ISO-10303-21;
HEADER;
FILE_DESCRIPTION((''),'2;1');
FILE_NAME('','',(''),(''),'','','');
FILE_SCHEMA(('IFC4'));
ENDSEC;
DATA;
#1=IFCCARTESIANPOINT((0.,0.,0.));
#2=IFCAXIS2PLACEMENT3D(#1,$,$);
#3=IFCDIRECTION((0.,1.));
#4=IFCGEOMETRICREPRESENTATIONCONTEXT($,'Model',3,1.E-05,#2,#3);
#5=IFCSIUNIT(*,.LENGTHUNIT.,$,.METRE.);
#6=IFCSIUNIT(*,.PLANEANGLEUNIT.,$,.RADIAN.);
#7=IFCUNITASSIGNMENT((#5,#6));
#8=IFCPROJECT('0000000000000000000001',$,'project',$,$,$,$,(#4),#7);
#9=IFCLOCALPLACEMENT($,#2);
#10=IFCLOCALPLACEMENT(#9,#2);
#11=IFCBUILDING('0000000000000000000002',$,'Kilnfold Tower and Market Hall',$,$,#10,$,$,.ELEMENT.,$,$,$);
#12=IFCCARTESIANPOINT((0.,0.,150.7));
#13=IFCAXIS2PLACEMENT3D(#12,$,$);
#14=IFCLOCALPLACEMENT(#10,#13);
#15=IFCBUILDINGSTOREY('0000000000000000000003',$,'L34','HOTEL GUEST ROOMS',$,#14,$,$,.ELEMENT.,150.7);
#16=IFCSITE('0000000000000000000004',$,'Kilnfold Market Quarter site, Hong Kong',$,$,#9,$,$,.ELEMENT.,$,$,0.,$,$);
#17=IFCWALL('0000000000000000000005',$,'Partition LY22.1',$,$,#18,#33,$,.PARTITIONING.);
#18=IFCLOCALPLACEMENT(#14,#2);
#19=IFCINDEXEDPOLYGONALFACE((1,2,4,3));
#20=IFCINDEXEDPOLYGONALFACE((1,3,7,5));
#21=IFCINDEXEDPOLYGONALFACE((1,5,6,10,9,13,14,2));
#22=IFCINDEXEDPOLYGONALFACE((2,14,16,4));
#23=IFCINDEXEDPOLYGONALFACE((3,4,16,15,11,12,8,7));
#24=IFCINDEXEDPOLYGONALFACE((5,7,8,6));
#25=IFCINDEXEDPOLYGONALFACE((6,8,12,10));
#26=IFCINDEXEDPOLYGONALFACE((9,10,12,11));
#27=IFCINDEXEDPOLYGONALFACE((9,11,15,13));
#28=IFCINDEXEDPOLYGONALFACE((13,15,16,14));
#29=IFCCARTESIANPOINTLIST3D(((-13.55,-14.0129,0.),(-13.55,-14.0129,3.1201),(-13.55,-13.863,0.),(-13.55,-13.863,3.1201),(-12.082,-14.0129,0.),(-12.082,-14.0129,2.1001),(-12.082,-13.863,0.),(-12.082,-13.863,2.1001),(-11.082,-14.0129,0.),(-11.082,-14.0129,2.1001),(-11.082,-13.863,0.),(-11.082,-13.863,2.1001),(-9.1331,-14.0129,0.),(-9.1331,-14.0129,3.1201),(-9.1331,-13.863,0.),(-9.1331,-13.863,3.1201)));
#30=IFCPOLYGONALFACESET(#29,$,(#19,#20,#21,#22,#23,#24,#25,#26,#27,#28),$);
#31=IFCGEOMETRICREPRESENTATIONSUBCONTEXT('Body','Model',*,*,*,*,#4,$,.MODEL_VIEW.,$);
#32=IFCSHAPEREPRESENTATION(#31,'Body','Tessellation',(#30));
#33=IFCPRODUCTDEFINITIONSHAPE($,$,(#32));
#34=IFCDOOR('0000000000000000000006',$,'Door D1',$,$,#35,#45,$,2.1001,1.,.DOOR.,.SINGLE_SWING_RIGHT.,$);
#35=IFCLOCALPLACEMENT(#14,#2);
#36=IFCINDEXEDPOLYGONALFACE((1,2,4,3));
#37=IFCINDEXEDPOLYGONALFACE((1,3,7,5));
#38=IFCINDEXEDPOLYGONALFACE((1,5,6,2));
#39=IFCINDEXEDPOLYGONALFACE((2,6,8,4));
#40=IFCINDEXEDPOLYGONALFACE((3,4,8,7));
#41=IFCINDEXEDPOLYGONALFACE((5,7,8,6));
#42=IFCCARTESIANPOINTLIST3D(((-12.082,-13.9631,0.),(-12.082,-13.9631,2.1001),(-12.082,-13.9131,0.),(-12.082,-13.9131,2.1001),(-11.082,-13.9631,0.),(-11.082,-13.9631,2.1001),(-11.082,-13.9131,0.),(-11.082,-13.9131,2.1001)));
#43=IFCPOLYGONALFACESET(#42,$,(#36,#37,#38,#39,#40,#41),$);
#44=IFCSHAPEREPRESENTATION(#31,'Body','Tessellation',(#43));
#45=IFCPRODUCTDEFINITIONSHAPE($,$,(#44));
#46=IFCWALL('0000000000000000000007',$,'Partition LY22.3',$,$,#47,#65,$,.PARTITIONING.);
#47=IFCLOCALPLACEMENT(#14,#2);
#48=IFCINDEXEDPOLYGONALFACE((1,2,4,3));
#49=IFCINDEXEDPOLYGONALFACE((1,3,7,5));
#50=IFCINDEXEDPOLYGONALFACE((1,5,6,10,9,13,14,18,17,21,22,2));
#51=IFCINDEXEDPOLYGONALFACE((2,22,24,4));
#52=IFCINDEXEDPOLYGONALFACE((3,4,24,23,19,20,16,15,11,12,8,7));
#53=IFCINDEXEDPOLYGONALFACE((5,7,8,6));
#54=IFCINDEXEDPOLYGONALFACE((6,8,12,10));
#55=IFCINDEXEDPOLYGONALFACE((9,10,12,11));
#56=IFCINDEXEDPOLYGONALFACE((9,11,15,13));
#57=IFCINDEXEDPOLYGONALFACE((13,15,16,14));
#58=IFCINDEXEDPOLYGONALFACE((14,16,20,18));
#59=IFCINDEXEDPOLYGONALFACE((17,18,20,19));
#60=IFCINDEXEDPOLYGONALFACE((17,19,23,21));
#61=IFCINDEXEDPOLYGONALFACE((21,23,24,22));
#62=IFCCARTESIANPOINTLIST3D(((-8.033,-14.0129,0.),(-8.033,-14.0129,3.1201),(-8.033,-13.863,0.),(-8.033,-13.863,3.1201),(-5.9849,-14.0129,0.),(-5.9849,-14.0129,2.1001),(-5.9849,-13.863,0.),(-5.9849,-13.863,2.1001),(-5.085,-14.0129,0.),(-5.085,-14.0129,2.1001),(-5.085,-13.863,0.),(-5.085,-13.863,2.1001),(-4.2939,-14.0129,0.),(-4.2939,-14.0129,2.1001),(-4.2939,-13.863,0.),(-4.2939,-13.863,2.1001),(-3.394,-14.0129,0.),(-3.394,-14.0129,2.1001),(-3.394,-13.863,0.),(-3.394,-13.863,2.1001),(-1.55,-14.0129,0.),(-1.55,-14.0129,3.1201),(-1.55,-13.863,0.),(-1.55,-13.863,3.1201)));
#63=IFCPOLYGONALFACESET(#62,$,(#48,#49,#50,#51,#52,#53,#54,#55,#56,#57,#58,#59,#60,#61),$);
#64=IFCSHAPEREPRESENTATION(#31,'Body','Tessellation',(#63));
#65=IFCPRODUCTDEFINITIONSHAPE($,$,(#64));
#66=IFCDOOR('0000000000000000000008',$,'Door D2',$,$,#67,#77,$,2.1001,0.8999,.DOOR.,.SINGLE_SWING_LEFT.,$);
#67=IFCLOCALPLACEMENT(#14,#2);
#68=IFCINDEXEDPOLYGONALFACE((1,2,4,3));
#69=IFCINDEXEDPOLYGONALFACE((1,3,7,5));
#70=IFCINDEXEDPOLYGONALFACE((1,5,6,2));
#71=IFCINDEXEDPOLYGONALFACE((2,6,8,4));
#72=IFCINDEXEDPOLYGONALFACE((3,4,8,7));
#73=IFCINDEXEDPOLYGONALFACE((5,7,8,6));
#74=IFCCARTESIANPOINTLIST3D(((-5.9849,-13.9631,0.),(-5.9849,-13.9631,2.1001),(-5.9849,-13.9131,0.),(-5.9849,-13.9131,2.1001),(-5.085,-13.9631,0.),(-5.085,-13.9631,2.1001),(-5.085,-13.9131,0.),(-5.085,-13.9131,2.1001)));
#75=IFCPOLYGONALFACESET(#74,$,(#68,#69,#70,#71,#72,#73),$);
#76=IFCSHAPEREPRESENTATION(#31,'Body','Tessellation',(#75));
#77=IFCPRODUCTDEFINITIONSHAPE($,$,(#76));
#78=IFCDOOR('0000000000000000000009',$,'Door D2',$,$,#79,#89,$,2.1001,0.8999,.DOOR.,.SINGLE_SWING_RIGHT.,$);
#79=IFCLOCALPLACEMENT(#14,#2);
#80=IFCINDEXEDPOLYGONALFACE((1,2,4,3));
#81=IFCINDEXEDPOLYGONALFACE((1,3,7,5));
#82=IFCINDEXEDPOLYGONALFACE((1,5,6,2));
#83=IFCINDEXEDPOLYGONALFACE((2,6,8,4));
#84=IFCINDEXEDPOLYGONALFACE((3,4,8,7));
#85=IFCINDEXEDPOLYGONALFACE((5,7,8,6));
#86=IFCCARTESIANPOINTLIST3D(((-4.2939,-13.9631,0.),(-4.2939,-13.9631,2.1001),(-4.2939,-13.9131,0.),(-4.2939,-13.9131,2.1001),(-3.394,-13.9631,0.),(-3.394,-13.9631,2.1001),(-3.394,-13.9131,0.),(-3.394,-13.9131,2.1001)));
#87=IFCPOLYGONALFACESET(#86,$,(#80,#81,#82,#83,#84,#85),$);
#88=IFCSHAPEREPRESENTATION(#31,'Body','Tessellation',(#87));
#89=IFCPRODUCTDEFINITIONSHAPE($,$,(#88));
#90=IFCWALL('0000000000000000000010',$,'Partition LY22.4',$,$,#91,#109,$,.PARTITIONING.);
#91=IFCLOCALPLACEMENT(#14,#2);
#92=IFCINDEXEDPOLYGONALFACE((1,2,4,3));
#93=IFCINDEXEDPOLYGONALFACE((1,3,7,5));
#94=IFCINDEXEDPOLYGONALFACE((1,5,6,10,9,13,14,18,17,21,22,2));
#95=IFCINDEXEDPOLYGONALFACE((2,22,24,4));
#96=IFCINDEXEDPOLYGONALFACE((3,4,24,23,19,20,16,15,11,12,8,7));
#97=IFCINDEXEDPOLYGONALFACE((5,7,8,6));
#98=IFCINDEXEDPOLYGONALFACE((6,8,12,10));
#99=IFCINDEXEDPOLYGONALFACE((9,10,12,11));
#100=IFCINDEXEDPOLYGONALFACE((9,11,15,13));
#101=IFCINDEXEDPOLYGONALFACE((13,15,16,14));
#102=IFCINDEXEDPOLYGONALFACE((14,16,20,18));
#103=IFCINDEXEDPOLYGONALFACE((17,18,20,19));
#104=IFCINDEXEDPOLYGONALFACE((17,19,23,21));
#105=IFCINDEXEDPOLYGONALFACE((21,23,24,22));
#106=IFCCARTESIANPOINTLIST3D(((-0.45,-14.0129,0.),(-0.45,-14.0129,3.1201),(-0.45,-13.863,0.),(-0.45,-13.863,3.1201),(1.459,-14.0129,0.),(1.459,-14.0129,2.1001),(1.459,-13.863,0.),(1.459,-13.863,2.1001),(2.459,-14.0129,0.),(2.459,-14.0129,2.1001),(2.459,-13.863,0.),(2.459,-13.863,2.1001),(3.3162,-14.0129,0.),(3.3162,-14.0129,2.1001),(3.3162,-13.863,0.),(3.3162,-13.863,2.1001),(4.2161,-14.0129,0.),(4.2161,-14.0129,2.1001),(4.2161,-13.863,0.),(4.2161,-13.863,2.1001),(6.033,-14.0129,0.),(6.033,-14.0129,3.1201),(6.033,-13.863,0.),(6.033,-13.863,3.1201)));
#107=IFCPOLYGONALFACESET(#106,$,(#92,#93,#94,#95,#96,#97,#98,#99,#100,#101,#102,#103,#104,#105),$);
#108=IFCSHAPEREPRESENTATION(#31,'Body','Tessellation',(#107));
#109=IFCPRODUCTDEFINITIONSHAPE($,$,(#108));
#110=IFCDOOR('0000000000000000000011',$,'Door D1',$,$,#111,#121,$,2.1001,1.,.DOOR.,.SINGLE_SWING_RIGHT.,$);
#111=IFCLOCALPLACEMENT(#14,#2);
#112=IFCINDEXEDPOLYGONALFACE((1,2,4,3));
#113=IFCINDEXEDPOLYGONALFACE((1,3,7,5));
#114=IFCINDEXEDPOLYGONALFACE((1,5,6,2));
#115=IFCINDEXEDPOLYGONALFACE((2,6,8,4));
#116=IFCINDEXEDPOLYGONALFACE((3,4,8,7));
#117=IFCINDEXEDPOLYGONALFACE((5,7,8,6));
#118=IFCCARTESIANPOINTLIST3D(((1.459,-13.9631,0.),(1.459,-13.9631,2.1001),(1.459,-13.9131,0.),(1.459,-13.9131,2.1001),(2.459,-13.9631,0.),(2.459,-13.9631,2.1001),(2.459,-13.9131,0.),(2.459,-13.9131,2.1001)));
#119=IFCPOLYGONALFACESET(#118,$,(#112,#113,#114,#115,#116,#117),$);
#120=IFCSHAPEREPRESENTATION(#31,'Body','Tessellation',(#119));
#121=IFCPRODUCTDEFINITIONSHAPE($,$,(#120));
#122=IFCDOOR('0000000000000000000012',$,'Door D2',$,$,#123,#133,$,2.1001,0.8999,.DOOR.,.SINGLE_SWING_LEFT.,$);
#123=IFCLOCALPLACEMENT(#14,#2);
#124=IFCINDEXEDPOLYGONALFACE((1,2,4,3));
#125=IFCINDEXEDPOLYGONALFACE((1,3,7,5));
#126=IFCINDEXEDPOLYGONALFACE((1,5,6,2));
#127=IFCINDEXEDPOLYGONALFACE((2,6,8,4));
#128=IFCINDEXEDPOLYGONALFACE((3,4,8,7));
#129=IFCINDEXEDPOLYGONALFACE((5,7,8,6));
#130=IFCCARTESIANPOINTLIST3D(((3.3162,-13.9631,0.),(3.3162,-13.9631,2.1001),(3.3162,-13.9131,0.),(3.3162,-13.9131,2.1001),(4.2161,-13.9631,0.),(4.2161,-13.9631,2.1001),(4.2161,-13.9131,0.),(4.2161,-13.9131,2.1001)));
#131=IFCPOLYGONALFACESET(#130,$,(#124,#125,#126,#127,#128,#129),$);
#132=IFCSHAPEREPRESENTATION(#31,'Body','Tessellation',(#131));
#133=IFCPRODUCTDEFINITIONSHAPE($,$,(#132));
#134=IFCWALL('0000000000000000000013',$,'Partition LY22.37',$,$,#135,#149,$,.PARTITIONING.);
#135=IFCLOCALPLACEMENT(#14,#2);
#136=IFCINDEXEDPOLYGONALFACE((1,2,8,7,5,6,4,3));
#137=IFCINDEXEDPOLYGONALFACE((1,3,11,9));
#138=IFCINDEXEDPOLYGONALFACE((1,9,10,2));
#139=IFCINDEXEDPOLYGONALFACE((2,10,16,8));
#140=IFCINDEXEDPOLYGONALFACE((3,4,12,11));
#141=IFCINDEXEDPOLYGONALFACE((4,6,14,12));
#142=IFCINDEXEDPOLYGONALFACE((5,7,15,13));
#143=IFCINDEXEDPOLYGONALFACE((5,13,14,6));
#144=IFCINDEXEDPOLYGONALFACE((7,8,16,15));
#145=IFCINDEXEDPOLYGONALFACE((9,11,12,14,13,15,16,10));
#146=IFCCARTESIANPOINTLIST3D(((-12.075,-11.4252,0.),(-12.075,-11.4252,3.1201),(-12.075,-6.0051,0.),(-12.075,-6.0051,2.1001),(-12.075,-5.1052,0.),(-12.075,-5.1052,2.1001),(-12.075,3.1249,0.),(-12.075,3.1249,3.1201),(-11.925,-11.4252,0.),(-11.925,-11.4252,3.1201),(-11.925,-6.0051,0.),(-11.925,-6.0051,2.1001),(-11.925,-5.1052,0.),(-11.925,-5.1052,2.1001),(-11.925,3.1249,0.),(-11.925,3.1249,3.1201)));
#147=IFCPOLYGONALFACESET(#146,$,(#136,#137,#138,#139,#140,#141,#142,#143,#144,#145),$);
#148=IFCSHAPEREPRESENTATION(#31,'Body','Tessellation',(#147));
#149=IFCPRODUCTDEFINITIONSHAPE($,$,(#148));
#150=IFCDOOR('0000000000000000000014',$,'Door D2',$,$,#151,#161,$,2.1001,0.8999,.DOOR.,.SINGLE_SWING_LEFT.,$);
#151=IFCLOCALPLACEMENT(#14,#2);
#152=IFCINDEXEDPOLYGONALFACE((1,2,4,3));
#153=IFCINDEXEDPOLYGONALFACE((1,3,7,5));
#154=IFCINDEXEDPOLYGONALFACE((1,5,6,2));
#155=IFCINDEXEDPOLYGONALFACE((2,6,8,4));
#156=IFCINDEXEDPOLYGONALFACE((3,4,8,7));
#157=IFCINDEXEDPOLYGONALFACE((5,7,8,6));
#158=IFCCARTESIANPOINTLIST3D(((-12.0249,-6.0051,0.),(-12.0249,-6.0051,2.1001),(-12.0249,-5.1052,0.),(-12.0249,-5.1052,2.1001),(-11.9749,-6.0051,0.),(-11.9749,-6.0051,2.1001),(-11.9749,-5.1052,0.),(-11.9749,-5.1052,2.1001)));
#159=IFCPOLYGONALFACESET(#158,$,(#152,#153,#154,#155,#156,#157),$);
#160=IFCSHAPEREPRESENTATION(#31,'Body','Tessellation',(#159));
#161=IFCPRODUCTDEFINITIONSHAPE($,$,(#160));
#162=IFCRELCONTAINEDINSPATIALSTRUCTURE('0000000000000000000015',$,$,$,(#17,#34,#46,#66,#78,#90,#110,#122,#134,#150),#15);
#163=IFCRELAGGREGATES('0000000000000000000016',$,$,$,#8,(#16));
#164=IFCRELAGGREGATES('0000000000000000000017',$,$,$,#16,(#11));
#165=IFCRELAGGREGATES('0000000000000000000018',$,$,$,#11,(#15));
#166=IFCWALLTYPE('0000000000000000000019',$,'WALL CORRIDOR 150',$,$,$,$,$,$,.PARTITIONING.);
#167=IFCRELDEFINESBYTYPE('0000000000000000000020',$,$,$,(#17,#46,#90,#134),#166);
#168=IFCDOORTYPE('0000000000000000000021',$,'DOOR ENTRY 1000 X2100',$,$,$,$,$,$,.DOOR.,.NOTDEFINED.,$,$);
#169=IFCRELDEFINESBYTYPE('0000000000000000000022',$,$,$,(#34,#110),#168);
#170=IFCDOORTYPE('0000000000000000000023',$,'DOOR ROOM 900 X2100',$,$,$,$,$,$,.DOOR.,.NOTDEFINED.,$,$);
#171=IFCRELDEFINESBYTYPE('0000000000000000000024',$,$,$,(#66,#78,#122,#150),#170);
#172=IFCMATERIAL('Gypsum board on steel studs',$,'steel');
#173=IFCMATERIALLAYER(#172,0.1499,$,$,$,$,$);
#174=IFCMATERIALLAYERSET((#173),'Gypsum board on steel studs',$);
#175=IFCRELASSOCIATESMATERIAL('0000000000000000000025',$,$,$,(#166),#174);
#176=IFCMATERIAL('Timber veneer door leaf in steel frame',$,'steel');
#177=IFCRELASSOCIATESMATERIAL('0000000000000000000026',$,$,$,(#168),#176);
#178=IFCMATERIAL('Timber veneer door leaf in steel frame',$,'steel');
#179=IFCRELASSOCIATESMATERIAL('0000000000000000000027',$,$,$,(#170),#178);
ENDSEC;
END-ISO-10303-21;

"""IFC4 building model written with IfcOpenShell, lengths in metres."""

from ifc_helpers import new_model, si_unit, direction, frame, frame_2d, origin, place, context, subcontext, project, spatial, rectangle, extrude, material, layer, layer_set, type_object, element, fill, save


model = new_model("IFC4")

# Units and contexts
model_context = context("Model", 3, precision=1e-05, world=origin(), true_north=direction((0.0, 1.0)))
body_context = subcontext(model_context, "Body", "Model", "MODEL_VIEW")
ifc_project = project(units=[si_unit("LENGTHUNIT", "METRE"), si_unit("PLANEANGLEUNIT", "RADIAN")], contexts=[model_context])

# Site, building, storey
site_placement = place(None, origin())
site = spatial("IfcSite", under=ifc_project, at=site_placement, Name="Kilnfold Market Quarter site, Hong Kong", CompositionType="ELEMENT", RefElevation=0.0)
building_placement = place(site_placement, origin())
building = spatial("IfcBuilding", under=site, at=building_placement, Name="Kilnfold Tower and Market Hall", CompositionType="ELEMENT")
storey_placement = place(building_placement, frame((0.0, 0.0, 150.7)))
storey = spatial("IfcBuildingStorey", under=building, at=storey_placement, Name="L34", Description="HOTEL GUEST ROOMS", CompositionType="ELEMENT", Elevation=150.7)

# Wall, opening, door
ifc_material_1 = material(Name="Gypsum board on steel studs", Category="steel")
ifc_layer_1 = layer(ifc_material_1, 0.1499)
ifc_layer_set_1 = layer_set([ifc_layer_1], Name="Gypsum board on steel studs")
wall_type_1 = type_object("IfcWallType", Name="WALL CORRIDOR 150", PredefinedType="PARTITIONING", material=ifc_layer_set_1)
wall_1_placement = place(storey_placement, frame((-13.55, -13.938, 0.0), z_axis=(0.0, 0.0, 1.0), x_axis=(1.0, 0.0, 0.0)))
wall_1 = element("IfcWall", 1, at=wall_1_placement, inside=storey, type_object=wall_type_1, Name="Partition LY22.1", PredefinedType="PARTITIONING", context=body_context, shape_type="SweptSolid", body=[
    extrude(rectangle(XDim=4.417, YDim=0.1499, at=frame_2d((2.2085, 0.0))), origin(), (0.0, 0.0, 1.0), 3.1201),
])
opening_1_placement = place(wall_1_placement, frame((1.468, 0.0, 0.0)))
opening_1 = element("IfcOpeningElement", 2, at=opening_1_placement, cuts=wall_1, PredefinedType="OPENING", context=body_context, shape_type="SweptSolid", body=[
    extrude(rectangle(XDim=1.0, YDim=2.1001, at=frame_2d((0.5, 1.05))), frame((0.0, 0.085, 0.0), z_axis=(0.0, -1.0, 0.0), x_axis=(1.0, 0.0, 0.0)), (0.0, 0.0, 1.0), 0.1699),
])
ifc_material_2 = material(Name="Timber veneer door leaf in steel frame", Category="steel")
door_type_1 = type_object("IfcDoorType", Name="DOOR ENTRY 1000 X2100", OperationType="NOTDEFINED", PredefinedType="DOOR", material=ifc_material_2)
door_1_placement = place(opening_1_placement, origin())
door_1 = element("IfcDoor", 3, at=door_1_placement, inside=storey, type_object=door_type_1, Name="Door D1", OperationType="SINGLE_SWING_RIGHT", OverallHeight=2.1001, OverallWidth=1.0, PredefinedType="DOOR", context=body_context, shape_type="SweptSolid", body=[
    extrude(rectangle(XDim=1.0, YDim=2.1001, at=frame_2d((0.5, 1.05))), frame((0.0, 0.0249, 0.0), z_axis=(0.0, -1.0, 0.0), x_axis=(1.0, 0.0, 0.0)), (0.0, 0.0, 1.0), 0.05),
])
fill(opening_1, door_1)

# Walls, openings, doors
wall_2_placement = place(storey_placement, frame((-8.033, -13.938, 0.0), z_axis=(0.0, 0.0, 1.0), x_axis=(1.0, 0.0, 0.0)))
wall_2 = element("IfcWall", 4, at=wall_2_placement, inside=storey, type_object=wall_type_1, Name="Partition LY22.3", PredefinedType="PARTITIONING", context=body_context, shape_type="SweptSolid", body=[
    extrude(rectangle(XDim=6.4829, YDim=0.1499, at=frame_2d((3.2415, 0.0))), origin(), (0.0, 0.0, 1.0), 3.1201),
])
opening_2_placement = place(wall_2_placement, frame((2.0481, 0.0, 0.0)))
opening_2 = element("IfcOpeningElement", 5, at=opening_2_placement, cuts=wall_2, PredefinedType="OPENING", context=body_context, shape_type="SweptSolid", body=[
    extrude(rectangle(XDim=0.8999, YDim=2.1001, at=frame_2d((0.45, 1.05))), frame((0.0, 0.085, 0.0), z_axis=(0.0, -1.0, 0.0), x_axis=(1.0, 0.0, 0.0)), (0.0, 0.0, 1.0), 0.1699),
])
opening_3_placement = place(wall_2_placement, frame((3.739, 0.0, 0.0)))
opening_3 = element("IfcOpeningElement", 6, at=opening_3_placement, cuts=wall_2, PredefinedType="OPENING", context=body_context, shape_type="SweptSolid", body=[
    extrude(rectangle(XDim=0.8999, YDim=2.1001, at=frame_2d((0.45, 1.05))), frame((0.0, 0.085, 0.0), z_axis=(0.0, -1.0, 0.0), x_axis=(1.0, 0.0, 0.0)), (0.0, 0.0, 1.0), 0.1699),
])
ifc_material_3 = material(Name="Timber veneer door leaf in steel frame", Category="steel")
door_type_2 = type_object("IfcDoorType", Name="DOOR ROOM 900 X2100", OperationType="NOTDEFINED", PredefinedType="DOOR", material=ifc_material_3)
door_2_placement = place(opening_2_placement, origin())
door_2 = element("IfcDoor", 7, at=door_2_placement, inside=storey, type_object=door_type_2, Name="Door D2", OperationType="SINGLE_SWING_LEFT", OverallHeight=2.1001, OverallWidth=0.8999, PredefinedType="DOOR", context=body_context, shape_type="SweptSolid", body=[
    extrude(rectangle(XDim=0.8999, YDim=2.1001, at=frame_2d((0.45, 1.05))), frame((0.0, 0.0249, 0.0), z_axis=(0.0, -1.0, 0.0), x_axis=(1.0, 0.0, 0.0)), (0.0, 0.0, 1.0), 0.05),
])
fill(opening_2, door_2)
door_3_placement = place(opening_3_placement, origin())
door_3 = element("IfcDoor", 8, at=door_3_placement, inside=storey, type_object=door_type_2, Name="Door D2", OperationType="SINGLE_SWING_RIGHT", OverallHeight=2.1001, OverallWidth=0.8999, PredefinedType="DOOR", context=body_context, shape_type="SweptSolid", body=[
    extrude(rectangle(XDim=0.8999, YDim=2.1001, at=frame_2d((0.45, 1.05))), frame((0.0, 0.0249, 0.0), z_axis=(0.0, -1.0, 0.0), x_axis=(1.0, 0.0, 0.0)), (0.0, 0.0, 1.0), 0.05),
])
fill(opening_3, door_3)
wall_3_placement = place(storey_placement, frame((-0.45, -13.938, 0.0), z_axis=(0.0, 0.0, 1.0), x_axis=(1.0, 0.0, 0.0)))
wall_3 = element("IfcWall", 9, at=wall_3_placement, inside=storey, type_object=wall_type_1, Name="Partition LY22.4", PredefinedType="PARTITIONING", context=body_context, shape_type="SweptSolid", body=[
    extrude(rectangle(XDim=6.4829, YDim=0.1499, at=frame_2d((3.2415, 0.0))), origin(), (0.0, 0.0, 1.0), 3.1201),
])
opening_4_placement = place(wall_3_placement, frame((1.9089, 0.0, 0.0)))
opening_4 = element("IfcOpeningElement", 10, at=opening_4_placement, cuts=wall_3, PredefinedType="OPENING", context=body_context, shape_type="SweptSolid", body=[
    extrude(rectangle(XDim=1.0, YDim=2.1001, at=frame_2d((0.5, 1.05))), frame((0.0, 0.085, 0.0), z_axis=(0.0, -1.0, 0.0), x_axis=(1.0, 0.0, 0.0)), (0.0, 0.0, 1.0), 0.1699),
])
opening_5_placement = place(wall_3_placement, frame((3.7661, 0.0, 0.0)))
opening_5 = element("IfcOpeningElement", 11, at=opening_5_placement, cuts=wall_3, PredefinedType="OPENING", context=body_context, shape_type="SweptSolid", body=[
    extrude(rectangle(XDim=0.8999, YDim=2.1001, at=frame_2d((0.45, 1.05))), frame((0.0, 0.085, 0.0), z_axis=(0.0, -1.0, 0.0), x_axis=(1.0, 0.0, 0.0)), (0.0, 0.0, 1.0), 0.1699),
])
door_4_placement = place(opening_4_placement, origin())
door_4 = element("IfcDoor", 12, at=door_4_placement, inside=storey, type_object=door_type_1, Name="Door D1", OperationType="SINGLE_SWING_RIGHT", OverallHeight=2.1001, OverallWidth=1.0, PredefinedType="DOOR", context=body_context, shape_type="SweptSolid", body=[
    extrude(rectangle(XDim=1.0, YDim=2.1001, at=frame_2d((0.5, 1.05))), frame((0.0, 0.0249, 0.0), z_axis=(0.0, -1.0, 0.0), x_axis=(1.0, 0.0, 0.0)), (0.0, 0.0, 1.0), 0.05),
])
fill(opening_4, door_4)
door_5_placement = place(opening_5_placement, origin())
door_5 = element("IfcDoor", 13, at=door_5_placement, inside=storey, type_object=door_type_2, Name="Door D2", OperationType="SINGLE_SWING_LEFT", OverallHeight=2.1001, OverallWidth=0.8999, PredefinedType="DOOR", context=body_context, shape_type="SweptSolid", body=[
    extrude(rectangle(XDim=0.8999, YDim=2.1001, at=frame_2d((0.45, 1.05))), frame((0.0, 0.0249, 0.0), z_axis=(0.0, -1.0, 0.0), x_axis=(1.0, 0.0, 0.0)), (0.0, 0.0, 1.0), 0.05),
])
fill(opening_5, door_5)

# Wall, opening, door
wall_4_placement = place(storey_placement, frame((-12.0, -11.425, 0.0), z_axis=(0.0, 0.0, 1.0), x_axis=(0.0, 1.0, 0.0)))
wall_4 = element("IfcWall", 14, at=wall_4_placement, inside=storey, type_object=wall_type_1, Name="Partition LY22.37", PredefinedType="PARTITIONING", context=body_context, shape_type="SweptSolid", body=[
    extrude(rectangle(XDim=14.55, YDim=0.1499, at=frame_2d((7.2749, 0.0))), origin(), (0.0, 0.0, 1.0), 3.1201),
])
opening_6_placement = place(wall_4_placement, frame((5.4199, 0.0, 0.0)))
opening_6 = element("IfcOpeningElement", 15, at=opening_6_placement, cuts=wall_4, PredefinedType="OPENING", context=body_context, shape_type="SweptSolid", body=[
    extrude(rectangle(XDim=0.8999, YDim=2.1001, at=frame_2d((0.45, 1.05))), frame((0.0, 0.085, 0.0), z_axis=(0.0, -1.0, 0.0), x_axis=(1.0, 0.0, 0.0)), (0.0, 0.0, 1.0), 0.1699),
])
door_6_placement = place(opening_6_placement, origin())
door_6 = element("IfcDoor", 16, at=door_6_placement, inside=storey, type_object=door_type_2, Name="Door D2", OperationType="SINGLE_SWING_LEFT", OverallHeight=2.1001, OverallWidth=0.8999, PredefinedType="DOOR", context=body_context, shape_type="SweptSolid", body=[
    extrude(rectangle(XDim=0.8999, YDim=2.1001, at=frame_2d((0.45, 1.05))), frame((0.0, 0.0249, 0.0), z_axis=(0.0, -1.0, 0.0), x_axis=(1.0, 0.0, 0.0)), (0.0, 0.0, 1.0), 0.05),
])
fill(opening_6, door_6)

save(model, "model.ifc")
